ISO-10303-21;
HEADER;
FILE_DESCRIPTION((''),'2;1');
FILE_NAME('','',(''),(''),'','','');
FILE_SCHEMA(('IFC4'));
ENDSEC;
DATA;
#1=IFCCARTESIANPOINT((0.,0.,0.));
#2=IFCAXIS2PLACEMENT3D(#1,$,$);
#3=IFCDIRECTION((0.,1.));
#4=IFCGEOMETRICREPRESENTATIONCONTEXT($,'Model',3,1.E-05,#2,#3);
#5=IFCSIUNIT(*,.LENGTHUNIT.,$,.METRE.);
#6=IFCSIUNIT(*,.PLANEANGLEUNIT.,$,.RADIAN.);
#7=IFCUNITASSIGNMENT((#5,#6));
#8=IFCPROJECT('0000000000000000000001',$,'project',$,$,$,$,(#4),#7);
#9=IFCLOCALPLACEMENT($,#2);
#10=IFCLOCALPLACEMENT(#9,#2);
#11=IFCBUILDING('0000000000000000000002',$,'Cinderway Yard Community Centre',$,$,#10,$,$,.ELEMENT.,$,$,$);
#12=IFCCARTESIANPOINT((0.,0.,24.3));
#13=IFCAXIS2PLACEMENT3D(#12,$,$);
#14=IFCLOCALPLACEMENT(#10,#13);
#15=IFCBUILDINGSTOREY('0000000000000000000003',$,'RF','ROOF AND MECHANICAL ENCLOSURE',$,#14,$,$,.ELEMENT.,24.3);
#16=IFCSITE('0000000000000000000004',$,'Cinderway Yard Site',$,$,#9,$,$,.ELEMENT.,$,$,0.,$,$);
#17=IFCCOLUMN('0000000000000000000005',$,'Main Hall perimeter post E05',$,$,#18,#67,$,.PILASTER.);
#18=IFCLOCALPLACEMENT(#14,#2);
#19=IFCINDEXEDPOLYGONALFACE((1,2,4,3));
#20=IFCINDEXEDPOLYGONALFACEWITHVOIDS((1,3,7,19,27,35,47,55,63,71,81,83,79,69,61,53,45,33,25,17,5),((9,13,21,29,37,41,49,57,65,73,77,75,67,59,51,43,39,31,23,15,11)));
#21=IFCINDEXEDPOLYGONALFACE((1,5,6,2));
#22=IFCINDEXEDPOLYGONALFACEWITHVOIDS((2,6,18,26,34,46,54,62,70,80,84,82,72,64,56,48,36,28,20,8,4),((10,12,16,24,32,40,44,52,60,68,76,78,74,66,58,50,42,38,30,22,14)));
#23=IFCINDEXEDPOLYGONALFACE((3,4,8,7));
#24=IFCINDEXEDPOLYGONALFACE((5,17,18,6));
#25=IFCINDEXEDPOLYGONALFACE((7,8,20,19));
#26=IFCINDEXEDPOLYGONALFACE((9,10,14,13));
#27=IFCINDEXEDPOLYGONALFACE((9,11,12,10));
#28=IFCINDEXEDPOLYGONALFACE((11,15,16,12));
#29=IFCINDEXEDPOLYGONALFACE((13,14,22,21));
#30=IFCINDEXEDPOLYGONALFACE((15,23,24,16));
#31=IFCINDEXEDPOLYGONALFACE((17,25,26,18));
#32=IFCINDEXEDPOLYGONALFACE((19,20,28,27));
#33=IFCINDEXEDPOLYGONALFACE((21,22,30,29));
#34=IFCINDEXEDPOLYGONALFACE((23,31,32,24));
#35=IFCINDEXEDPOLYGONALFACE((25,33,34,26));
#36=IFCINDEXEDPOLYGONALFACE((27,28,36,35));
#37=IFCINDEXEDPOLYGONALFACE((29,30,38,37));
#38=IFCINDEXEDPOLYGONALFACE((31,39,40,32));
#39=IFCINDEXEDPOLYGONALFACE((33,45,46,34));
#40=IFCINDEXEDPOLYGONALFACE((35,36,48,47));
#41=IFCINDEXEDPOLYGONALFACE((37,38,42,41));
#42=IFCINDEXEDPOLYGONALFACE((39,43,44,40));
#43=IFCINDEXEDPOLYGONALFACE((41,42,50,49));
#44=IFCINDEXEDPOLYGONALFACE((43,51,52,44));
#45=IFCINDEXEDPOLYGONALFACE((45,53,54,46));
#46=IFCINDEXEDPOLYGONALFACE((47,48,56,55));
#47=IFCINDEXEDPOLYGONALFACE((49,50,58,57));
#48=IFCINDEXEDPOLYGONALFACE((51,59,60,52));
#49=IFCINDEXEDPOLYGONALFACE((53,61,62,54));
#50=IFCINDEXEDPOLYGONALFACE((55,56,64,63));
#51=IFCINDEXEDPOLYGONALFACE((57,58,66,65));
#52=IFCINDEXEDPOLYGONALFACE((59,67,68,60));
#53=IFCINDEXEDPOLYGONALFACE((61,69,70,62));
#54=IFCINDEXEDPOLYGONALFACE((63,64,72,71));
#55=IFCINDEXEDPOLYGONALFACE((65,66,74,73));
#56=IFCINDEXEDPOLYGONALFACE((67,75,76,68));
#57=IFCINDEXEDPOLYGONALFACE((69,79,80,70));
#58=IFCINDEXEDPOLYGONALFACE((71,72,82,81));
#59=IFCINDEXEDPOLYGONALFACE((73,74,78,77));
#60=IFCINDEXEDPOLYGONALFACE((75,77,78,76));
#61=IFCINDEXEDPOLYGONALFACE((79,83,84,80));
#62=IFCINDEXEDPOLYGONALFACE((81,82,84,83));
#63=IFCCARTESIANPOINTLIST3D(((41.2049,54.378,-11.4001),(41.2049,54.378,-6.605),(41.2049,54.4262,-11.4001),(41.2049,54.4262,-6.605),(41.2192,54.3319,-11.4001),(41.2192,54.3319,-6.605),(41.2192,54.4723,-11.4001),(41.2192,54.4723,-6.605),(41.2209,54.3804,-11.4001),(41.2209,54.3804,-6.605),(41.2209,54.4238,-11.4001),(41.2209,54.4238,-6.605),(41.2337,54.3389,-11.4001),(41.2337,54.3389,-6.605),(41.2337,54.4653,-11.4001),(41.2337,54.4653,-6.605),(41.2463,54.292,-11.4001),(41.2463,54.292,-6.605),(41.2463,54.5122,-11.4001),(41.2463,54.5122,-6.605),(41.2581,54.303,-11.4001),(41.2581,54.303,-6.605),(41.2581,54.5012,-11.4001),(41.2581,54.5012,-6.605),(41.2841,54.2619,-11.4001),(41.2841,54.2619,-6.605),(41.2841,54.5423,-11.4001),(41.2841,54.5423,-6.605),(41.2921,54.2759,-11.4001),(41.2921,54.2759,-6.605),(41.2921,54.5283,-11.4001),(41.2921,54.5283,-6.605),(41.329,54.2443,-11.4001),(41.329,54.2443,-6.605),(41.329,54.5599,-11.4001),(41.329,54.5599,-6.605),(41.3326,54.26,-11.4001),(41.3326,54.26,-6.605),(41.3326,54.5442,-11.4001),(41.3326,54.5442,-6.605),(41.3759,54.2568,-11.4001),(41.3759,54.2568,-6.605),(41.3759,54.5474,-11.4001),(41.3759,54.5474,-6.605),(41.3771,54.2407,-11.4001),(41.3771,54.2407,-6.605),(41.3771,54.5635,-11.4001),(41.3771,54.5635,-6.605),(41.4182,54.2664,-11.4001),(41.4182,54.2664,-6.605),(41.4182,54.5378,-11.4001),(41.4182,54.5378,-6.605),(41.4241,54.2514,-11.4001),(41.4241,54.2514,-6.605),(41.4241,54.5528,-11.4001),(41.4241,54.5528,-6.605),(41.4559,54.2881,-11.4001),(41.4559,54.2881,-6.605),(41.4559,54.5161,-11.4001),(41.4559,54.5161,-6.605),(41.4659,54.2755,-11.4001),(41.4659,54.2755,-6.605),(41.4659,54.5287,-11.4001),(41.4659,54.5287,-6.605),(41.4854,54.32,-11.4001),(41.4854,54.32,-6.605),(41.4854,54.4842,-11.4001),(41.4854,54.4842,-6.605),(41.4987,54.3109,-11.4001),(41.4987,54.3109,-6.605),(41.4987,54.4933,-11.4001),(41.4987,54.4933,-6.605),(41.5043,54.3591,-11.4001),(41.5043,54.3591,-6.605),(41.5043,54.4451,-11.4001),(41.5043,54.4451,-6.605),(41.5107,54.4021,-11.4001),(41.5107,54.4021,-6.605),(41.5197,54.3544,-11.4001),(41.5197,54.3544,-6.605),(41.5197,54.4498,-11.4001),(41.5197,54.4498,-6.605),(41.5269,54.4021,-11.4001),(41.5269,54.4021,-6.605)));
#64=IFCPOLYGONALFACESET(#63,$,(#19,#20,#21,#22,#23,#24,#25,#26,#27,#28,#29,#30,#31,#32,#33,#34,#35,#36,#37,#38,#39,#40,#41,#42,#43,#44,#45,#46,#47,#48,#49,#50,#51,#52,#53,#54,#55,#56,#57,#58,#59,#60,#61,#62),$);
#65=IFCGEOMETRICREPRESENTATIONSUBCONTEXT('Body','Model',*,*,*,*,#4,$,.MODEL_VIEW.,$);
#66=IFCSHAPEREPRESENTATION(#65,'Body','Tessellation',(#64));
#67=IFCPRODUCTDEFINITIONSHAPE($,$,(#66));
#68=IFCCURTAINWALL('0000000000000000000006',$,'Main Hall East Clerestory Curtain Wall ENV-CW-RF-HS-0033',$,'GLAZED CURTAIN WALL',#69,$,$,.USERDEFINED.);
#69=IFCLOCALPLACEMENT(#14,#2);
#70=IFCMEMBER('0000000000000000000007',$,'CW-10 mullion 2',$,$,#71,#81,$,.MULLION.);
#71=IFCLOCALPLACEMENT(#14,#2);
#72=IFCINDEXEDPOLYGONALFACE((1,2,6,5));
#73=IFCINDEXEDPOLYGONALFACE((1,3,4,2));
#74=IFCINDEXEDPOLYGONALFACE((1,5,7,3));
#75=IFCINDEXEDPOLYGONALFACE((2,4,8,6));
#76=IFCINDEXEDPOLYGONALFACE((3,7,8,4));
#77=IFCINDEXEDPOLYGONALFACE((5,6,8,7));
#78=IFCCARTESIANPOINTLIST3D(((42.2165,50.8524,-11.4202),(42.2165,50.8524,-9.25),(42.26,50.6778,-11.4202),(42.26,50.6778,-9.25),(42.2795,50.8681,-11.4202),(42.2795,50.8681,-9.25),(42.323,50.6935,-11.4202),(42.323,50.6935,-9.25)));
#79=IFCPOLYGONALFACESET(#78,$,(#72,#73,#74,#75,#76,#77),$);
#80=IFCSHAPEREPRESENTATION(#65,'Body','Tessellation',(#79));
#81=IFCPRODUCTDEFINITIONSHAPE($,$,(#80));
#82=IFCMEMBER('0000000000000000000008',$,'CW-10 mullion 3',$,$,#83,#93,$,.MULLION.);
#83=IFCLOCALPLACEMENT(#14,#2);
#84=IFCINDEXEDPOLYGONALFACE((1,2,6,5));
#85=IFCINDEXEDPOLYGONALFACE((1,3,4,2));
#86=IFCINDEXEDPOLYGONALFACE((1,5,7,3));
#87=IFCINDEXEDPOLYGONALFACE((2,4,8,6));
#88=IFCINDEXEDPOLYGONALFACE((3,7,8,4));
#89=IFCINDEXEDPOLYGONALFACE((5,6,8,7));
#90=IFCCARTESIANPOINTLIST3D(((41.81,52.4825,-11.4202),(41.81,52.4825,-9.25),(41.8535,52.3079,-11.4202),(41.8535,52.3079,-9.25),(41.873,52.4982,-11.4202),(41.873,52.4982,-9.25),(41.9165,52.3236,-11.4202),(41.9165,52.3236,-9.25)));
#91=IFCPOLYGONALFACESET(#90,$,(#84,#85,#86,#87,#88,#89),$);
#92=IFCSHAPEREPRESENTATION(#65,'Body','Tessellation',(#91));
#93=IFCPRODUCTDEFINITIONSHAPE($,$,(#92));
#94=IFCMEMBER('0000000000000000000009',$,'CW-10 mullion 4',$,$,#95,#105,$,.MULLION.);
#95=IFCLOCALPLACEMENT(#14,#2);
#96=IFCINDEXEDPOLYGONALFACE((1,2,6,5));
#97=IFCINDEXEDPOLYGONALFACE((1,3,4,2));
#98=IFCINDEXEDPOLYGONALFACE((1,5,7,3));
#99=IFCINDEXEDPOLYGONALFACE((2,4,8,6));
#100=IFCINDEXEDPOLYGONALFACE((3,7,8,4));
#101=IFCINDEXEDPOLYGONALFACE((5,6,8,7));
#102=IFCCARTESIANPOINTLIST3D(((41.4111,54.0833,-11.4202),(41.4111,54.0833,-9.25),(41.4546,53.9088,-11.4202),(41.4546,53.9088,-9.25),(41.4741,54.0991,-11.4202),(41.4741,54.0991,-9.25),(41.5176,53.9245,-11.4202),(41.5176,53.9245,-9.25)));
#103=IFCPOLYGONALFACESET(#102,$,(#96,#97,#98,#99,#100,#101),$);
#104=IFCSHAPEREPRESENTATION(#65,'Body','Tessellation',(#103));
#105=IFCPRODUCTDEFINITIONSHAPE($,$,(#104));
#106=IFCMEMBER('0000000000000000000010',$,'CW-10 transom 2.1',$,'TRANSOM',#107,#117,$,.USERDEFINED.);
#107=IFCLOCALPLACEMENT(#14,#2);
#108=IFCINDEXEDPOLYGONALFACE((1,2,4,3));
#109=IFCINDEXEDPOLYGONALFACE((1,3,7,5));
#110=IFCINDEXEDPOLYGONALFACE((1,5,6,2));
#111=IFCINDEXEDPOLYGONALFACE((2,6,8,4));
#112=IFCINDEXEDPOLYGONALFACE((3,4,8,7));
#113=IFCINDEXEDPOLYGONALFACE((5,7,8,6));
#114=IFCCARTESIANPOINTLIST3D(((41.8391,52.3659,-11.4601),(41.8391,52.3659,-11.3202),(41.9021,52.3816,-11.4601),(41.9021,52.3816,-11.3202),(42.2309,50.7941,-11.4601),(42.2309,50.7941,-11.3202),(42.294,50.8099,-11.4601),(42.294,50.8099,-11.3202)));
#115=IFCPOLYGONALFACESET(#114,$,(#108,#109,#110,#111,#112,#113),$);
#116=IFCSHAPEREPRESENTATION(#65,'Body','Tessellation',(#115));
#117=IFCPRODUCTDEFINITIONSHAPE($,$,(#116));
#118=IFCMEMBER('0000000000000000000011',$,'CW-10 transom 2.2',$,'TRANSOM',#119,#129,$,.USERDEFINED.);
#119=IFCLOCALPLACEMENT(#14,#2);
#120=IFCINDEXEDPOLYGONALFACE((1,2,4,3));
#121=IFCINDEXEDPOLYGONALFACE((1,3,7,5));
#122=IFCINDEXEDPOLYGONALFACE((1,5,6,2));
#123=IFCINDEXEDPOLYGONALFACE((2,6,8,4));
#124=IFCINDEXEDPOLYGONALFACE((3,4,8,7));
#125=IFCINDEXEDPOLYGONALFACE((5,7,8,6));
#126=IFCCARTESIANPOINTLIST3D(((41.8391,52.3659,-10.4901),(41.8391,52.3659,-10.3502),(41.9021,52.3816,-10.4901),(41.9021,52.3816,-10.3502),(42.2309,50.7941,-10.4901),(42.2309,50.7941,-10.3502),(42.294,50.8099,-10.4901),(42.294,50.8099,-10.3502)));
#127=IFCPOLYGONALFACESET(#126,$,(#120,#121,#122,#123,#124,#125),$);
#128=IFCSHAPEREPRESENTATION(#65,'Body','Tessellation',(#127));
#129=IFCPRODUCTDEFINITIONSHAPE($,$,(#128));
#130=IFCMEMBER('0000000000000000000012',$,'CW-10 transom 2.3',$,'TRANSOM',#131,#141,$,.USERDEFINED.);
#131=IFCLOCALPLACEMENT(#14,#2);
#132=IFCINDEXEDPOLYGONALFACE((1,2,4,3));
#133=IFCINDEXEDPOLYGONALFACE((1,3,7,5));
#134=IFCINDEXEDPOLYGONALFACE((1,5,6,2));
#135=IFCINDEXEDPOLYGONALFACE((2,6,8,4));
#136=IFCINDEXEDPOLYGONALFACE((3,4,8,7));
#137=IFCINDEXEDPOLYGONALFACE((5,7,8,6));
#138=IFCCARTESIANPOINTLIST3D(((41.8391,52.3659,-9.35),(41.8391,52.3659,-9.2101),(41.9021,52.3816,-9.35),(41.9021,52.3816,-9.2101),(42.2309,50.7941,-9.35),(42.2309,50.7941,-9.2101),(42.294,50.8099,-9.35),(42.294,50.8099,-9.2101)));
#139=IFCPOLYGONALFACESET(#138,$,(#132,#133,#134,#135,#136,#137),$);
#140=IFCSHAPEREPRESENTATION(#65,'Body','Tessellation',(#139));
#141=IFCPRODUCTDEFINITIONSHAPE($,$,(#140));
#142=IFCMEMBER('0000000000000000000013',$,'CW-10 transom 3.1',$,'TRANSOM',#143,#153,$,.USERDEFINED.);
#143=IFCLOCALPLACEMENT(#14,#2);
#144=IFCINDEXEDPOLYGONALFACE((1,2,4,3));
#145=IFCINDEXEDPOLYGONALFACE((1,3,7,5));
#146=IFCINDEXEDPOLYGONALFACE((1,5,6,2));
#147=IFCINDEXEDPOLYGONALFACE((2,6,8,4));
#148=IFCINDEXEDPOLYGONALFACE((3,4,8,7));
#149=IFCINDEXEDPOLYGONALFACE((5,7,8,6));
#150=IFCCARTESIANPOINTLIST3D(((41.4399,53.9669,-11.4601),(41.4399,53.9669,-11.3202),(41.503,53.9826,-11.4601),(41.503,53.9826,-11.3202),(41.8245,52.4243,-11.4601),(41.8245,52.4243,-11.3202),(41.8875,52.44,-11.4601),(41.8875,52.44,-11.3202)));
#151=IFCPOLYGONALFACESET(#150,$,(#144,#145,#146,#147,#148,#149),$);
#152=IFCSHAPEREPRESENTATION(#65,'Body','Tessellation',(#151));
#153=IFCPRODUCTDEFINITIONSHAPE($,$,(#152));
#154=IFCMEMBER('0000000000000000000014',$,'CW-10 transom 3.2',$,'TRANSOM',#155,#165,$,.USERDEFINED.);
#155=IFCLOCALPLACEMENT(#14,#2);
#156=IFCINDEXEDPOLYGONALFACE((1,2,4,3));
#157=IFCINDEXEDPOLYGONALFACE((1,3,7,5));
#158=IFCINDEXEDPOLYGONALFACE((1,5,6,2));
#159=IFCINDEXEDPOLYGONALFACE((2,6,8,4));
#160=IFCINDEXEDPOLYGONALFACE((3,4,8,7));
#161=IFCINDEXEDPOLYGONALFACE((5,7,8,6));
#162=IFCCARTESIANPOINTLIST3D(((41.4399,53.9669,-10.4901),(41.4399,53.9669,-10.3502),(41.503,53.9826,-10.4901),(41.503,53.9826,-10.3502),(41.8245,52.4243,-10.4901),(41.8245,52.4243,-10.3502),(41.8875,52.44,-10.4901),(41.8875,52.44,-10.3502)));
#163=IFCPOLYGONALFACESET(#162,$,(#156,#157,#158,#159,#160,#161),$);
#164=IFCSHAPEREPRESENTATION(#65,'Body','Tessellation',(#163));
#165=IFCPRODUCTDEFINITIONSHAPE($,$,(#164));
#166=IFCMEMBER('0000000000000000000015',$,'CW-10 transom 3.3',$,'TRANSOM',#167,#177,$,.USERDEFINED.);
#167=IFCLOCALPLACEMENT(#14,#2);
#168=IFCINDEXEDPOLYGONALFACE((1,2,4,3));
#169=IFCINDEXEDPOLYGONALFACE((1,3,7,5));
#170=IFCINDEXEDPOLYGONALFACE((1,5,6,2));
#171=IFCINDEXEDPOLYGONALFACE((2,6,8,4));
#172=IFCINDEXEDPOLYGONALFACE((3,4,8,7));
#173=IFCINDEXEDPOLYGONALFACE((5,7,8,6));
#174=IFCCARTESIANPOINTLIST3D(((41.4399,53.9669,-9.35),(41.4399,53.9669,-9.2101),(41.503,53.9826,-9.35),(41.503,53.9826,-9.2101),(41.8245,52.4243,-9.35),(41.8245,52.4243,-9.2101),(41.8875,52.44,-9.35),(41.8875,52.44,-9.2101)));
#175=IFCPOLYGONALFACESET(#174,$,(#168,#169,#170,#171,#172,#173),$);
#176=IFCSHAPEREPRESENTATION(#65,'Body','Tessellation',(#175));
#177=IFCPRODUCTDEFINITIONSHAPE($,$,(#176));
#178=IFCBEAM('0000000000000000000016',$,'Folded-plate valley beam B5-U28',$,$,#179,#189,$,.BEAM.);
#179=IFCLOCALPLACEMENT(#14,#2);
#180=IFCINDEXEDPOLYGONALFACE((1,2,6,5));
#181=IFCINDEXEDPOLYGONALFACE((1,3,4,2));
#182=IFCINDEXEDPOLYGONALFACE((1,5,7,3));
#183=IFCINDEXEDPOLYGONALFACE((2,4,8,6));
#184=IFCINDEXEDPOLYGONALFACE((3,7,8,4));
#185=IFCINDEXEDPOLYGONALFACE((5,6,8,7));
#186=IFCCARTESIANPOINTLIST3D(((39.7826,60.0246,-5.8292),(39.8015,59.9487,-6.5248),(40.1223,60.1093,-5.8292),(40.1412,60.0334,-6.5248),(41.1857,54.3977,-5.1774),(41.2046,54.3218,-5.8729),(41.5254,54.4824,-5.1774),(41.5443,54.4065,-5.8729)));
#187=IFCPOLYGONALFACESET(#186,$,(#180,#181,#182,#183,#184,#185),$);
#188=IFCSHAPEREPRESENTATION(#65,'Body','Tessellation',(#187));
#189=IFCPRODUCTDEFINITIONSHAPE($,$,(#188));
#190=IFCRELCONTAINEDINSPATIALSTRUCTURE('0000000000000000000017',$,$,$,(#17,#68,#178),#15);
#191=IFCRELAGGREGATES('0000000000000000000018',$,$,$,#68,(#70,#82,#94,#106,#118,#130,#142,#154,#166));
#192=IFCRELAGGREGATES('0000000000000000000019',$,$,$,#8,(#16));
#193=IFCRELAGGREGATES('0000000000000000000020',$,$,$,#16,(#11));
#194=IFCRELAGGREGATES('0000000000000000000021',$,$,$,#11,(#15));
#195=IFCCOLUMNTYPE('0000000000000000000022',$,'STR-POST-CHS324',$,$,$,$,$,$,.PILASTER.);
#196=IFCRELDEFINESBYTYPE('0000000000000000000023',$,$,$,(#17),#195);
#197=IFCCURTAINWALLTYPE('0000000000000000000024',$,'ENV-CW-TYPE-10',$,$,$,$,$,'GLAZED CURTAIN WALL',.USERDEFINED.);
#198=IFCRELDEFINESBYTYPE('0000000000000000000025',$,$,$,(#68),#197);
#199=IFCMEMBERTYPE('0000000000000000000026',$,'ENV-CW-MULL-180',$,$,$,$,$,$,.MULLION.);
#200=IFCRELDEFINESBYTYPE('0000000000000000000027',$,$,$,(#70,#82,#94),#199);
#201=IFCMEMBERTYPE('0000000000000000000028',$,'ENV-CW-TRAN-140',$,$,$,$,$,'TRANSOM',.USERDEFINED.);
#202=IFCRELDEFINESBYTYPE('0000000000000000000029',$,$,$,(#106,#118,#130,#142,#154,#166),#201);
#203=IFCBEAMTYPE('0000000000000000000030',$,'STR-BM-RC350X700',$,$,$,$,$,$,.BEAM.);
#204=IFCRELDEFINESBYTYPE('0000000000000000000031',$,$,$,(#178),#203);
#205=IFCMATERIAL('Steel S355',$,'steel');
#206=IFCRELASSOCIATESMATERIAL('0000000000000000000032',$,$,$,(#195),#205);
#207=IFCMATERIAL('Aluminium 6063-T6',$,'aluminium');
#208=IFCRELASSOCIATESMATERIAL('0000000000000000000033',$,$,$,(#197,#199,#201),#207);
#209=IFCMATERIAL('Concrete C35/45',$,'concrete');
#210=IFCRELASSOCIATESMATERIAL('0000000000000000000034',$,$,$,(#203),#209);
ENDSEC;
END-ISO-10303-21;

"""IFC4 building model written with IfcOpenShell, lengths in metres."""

from ifc_helpers import new_model, si_unit, direction, frame, origin, origin_2d, place, context, subcontext, project, spatial, rectangle, hollow_circle, extrude, material, material_profile, profile_set, type_object, element, aggregate, save


model = new_model("IFC4")

# Units and contexts
model_context = context("Model", 3, precision=1e-05, world=origin(), true_north=direction((0.0, 1.0)))
body_context = subcontext(model_context, "Body", "Model", "MODEL_VIEW")
ifc_project = project(units=[si_unit("LENGTHUNIT", "METRE"), si_unit("PLANEANGLEUNIT", "RADIAN")], contexts=[model_context])

# Site, building, storey
site_placement = place(None, origin())
site = spatial("IfcSite", under=ifc_project, at=site_placement, Name="Cinderway Yard Site", CompositionType="ELEMENT", RefElevation=0.0)
building_placement = place(site_placement, origin())
building = spatial("IfcBuilding", under=site, at=building_placement, Name="Cinderway Yard Community Centre", CompositionType="ELEMENT")
storey_placement = place(building_placement, frame((0.0, 0.0, 24.3)))
storey = spatial("IfcBuildingStorey", under=building, at=storey_placement, Name="RF", Description="ROOF AND MECHANICAL ENCLOSURE", CompositionType="ELEMENT", Elevation=24.3)

# Column
ifc_material_1 = material(Name="Steel S355", Category="steel")
ifc_material_profile_1 = material_profile(ifc_material_1, hollow_circle(Radius=0.1619, WallThickness=0.0161, at=origin_2d()), Name="Steel S355")
ifc_profile_set_1 = profile_set([ifc_material_profile_1], Name="Steel S355")
column_type = type_object("IfcColumnType", Name="STR-POST-CHS324", PredefinedType="PILASTER", material=ifc_profile_set_1)
column_placement = place(storey_placement, frame((41.365, 54.4021, -11.4001), z_axis=(0.0, 0.0, 1.0), x_axis=(1.0, 0.0, 0.0)))
element("IfcColumn", 1, at=column_placement, inside=storey, type_object=column_type, Name="Main Hall perimeter post E05", PredefinedType="PILASTER", context=body_context, shape_type="SweptSolid", body=[
    extrude(hollow_circle(Radius=0.1619, WallThickness=0.0161, at=origin_2d()), origin(), (0.0, 0.0, 1.0), 4.7952),
])

# Curtain wall, members
ifc_material_2 = material(Name="Aluminium 6063-T6", Category="aluminium")
curtain_wall_type = type_object("IfcCurtainWallType", Name="ENV-CW-TYPE-10", ElementType="GLAZED CURTAIN WALL", PredefinedType="USERDEFINED", material=ifc_material_2)
curtain_wall_placement = place(storey_placement, origin())
curtain_wall = element("IfcCurtainWall", 2, at=curtain_wall_placement, inside=storey, type_object=curtain_wall_type, Name="Main Hall East Clerestory Curtain Wall ENV-CW-RF-HS-0033", ObjectType="GLAZED CURTAIN WALL", PredefinedType="USERDEFINED")
ifc_material_profile_2 = material_profile(ifc_material_2, rectangle(XDim=0.0649, YDim=0.1799, at=origin_2d()), Name="Aluminium 6063-T6")
ifc_profile_set_2 = profile_set([ifc_material_profile_2], Name="Aluminium 6063-T6")
member_type_1 = type_object("IfcMemberType", Name="ENV-CW-MULL-180", PredefinedType="MULLION", material=ifc_profile_set_2)
member_1_placement = place(storey_placement, frame((42.2698, 50.7729, -11.4202), z_axis=(0.0, 0.0, 1.0), x_axis=(-0.970306, -0.241882, 0.0)))
member_1 = element("IfcMember", 3, at=member_1_placement, type_object=member_type_1, Name="CW-10 mullion 2", PredefinedType="MULLION", context=body_context, shape_type="SweptSolid", body=[
    extrude(rectangle(XDim=0.0649, YDim=0.1799, at=origin_2d()), origin(), (0.0, 0.0, 1.0), 2.1702),
])
member_2_placement = place(storey_placement, frame((41.8633, 52.4031, -11.4202), z_axis=(0.0, 0.0, 1.0), x_axis=(-0.970306, -0.241882, 0.0)))
member_2 = element("IfcMember", 4, at=member_2_placement, type_object=member_type_1, Name="CW-10 mullion 3", PredefinedType="MULLION", context=body_context, shape_type="SweptSolid", body=[
    extrude(rectangle(XDim=0.0649, YDim=0.1799, at=origin_2d()), origin(), (0.0, 0.0, 1.0), 2.1702),
])
member_3_placement = place(storey_placement, frame((41.4644, 54.0039, -11.4202), z_axis=(0.0, 0.0, 1.0), x_axis=(-0.970306, -0.241882, 0.0)))
member_3 = element("IfcMember", 5, at=member_3_placement, type_object=member_type_1, Name="CW-10 mullion 4", PredefinedType="MULLION", context=body_context, shape_type="SweptSolid", body=[
    extrude(rectangle(XDim=0.0649, YDim=0.1799, at=origin_2d()), origin(), (0.0, 0.0, 1.0), 2.1702),
])
ifc_material_profile_3 = material_profile(ifc_material_2, rectangle(XDim=0.0649, YDim=0.1399, at=origin_2d()), Name="Aluminium 6063-T6")
ifc_profile_set_3 = profile_set([ifc_material_profile_3], Name="Aluminium 6063-T6")
member_type_2 = type_object("IfcMemberType", Name="ENV-CW-TRAN-140", ElementType="TRANSOM", PredefinedType="USERDEFINED", material=ifc_profile_set_3)
member_4_placement = place(storey_placement, frame((42.2625, 50.802, -11.3901), z_axis=(-0.241897, 0.970302, 0.0), x_axis=(-0.970302, -0.241897, 0.0)))
member_4 = element("IfcMember", 6, at=member_4_placement, type_object=member_type_2, Name="CW-10 transom 2.1", ObjectType="TRANSOM", PredefinedType="USERDEFINED", context=body_context, shape_type="SweptSolid", body=[
    extrude(rectangle(XDim=0.0649, YDim=0.1399, at=origin_2d()), origin(), (0.0, 0.0, 1.0), 1.6199),
])
member_5_placement = place(storey_placement, frame((42.2625, 50.802, -10.4202), z_axis=(-0.241897, 0.970302, 0.0), x_axis=(-0.970302, -0.241897, 0.0)))
member_5 = element("IfcMember", 7, at=member_5_placement, type_object=member_type_2, Name="CW-10 transom 2.2", ObjectType="TRANSOM", PredefinedType="USERDEFINED", context=body_context, shape_type="SweptSolid", body=[
    extrude(rectangle(XDim=0.0649, YDim=0.1399, at=origin_2d()), origin(), (0.0, 0.0, 1.0), 1.6199),
])
member_6_placement = place(storey_placement, frame((42.2625, 50.802, -9.28), z_axis=(-0.241897, 0.970302, 0.0), x_axis=(-0.970302, -0.241897, 0.0)))
member_6 = element("IfcMember", 8, at=member_6_placement, type_object=member_type_2, Name="CW-10 transom 2.3", ObjectType="TRANSOM", PredefinedType="USERDEFINED", context=body_context, shape_type="SweptSolid", body=[
    extrude(rectangle(XDim=0.0649, YDim=0.1399, at=origin_2d()), origin(), (0.0, 0.0, 1.0), 1.6199),
])
member_7_placement = place(storey_placement, frame((41.856, 52.4321, -11.3901), z_axis=(-0.241849, 0.970314, 0.0), x_axis=(-0.970314, -0.241849, 0.0)))
member_7 = element("IfcMember", 9, at=member_7_placement, type_object=member_type_2, Name="CW-10 transom 3.1", ObjectType="TRANSOM", PredefinedType="USERDEFINED", context=body_context, shape_type="SweptSolid", body=[
    extrude(rectangle(XDim=0.0649, YDim=0.1399, at=origin_2d()), origin(), (0.0, 0.0, 1.0), 1.5898),
])
member_8_placement = place(storey_placement, frame((41.856, 52.4321, -10.4202), z_axis=(-0.241849, 0.970314, 0.0), x_axis=(-0.970314, -0.241849, 0.0)))
member_8 = element("IfcMember", 10, at=member_8_placement, type_object=member_type_2, Name="CW-10 transom 3.2", ObjectType="TRANSOM", PredefinedType="USERDEFINED", context=body_context, shape_type="SweptSolid", body=[
    extrude(rectangle(XDim=0.0649, YDim=0.1399, at=origin_2d()), origin(), (0.0, 0.0, 1.0), 1.5898),
])
member_9_placement = place(storey_placement, frame((41.856, 52.4321, -9.28), z_axis=(-0.241849, 0.970314, 0.0), x_axis=(-0.970314, -0.241849, 0.0)))
member_9 = element("IfcMember", 11, at=member_9_placement, type_object=member_type_2, Name="CW-10 transom 3.3", ObjectType="TRANSOM", PredefinedType="USERDEFINED", context=body_context, shape_type="SweptSolid", body=[
    extrude(rectangle(XDim=0.0649, YDim=0.1399, at=origin_2d()), origin(), (0.0, 0.0, 1.0), 1.5898),
])

# Beam
ifc_material_3 = material(Name="Concrete C35/45", Category="concrete")
ifc_material_profile_4 = material_profile(ifc_material_3, rectangle(XDim=0.3501, YDim=0.7, at=origin_2d()), Name="Concrete C35/45")
ifc_profile_set_4 = profile_set([ifc_material_profile_4], Name="Concrete C35/45")
beam_type_1 = type_object("IfcBeamType", Name="STR-BM-RC350X700", PredefinedType="BEAM", material=ifc_profile_set_4)
beam_1_placement = place(storey_placement, frame((41.365, 54.4021, -5.5251), z_axis=(-0.240427, 0.964219, -0.1117), x_axis=(-0.970291, -0.241941, 0.0)))
element("IfcBeam", 12, at=beam_1_placement, inside=storey, type_object=beam_type_1, Name="Folded-plate valley beam B5-U28", PredefinedType="BEAM", context=body_context, shape_type="SweptSolid", body=[
    extrude(rectangle(XDim=0.3501, YDim=0.7, at=origin_2d()), origin(), (0.0, 0.0, 1.0), 5.8357),
])

aggregate(curtain_wall, [member_1, member_2, member_3, member_4, member_5, member_6, member_7, member_8, member_9])

save(model, "model.ifc")
